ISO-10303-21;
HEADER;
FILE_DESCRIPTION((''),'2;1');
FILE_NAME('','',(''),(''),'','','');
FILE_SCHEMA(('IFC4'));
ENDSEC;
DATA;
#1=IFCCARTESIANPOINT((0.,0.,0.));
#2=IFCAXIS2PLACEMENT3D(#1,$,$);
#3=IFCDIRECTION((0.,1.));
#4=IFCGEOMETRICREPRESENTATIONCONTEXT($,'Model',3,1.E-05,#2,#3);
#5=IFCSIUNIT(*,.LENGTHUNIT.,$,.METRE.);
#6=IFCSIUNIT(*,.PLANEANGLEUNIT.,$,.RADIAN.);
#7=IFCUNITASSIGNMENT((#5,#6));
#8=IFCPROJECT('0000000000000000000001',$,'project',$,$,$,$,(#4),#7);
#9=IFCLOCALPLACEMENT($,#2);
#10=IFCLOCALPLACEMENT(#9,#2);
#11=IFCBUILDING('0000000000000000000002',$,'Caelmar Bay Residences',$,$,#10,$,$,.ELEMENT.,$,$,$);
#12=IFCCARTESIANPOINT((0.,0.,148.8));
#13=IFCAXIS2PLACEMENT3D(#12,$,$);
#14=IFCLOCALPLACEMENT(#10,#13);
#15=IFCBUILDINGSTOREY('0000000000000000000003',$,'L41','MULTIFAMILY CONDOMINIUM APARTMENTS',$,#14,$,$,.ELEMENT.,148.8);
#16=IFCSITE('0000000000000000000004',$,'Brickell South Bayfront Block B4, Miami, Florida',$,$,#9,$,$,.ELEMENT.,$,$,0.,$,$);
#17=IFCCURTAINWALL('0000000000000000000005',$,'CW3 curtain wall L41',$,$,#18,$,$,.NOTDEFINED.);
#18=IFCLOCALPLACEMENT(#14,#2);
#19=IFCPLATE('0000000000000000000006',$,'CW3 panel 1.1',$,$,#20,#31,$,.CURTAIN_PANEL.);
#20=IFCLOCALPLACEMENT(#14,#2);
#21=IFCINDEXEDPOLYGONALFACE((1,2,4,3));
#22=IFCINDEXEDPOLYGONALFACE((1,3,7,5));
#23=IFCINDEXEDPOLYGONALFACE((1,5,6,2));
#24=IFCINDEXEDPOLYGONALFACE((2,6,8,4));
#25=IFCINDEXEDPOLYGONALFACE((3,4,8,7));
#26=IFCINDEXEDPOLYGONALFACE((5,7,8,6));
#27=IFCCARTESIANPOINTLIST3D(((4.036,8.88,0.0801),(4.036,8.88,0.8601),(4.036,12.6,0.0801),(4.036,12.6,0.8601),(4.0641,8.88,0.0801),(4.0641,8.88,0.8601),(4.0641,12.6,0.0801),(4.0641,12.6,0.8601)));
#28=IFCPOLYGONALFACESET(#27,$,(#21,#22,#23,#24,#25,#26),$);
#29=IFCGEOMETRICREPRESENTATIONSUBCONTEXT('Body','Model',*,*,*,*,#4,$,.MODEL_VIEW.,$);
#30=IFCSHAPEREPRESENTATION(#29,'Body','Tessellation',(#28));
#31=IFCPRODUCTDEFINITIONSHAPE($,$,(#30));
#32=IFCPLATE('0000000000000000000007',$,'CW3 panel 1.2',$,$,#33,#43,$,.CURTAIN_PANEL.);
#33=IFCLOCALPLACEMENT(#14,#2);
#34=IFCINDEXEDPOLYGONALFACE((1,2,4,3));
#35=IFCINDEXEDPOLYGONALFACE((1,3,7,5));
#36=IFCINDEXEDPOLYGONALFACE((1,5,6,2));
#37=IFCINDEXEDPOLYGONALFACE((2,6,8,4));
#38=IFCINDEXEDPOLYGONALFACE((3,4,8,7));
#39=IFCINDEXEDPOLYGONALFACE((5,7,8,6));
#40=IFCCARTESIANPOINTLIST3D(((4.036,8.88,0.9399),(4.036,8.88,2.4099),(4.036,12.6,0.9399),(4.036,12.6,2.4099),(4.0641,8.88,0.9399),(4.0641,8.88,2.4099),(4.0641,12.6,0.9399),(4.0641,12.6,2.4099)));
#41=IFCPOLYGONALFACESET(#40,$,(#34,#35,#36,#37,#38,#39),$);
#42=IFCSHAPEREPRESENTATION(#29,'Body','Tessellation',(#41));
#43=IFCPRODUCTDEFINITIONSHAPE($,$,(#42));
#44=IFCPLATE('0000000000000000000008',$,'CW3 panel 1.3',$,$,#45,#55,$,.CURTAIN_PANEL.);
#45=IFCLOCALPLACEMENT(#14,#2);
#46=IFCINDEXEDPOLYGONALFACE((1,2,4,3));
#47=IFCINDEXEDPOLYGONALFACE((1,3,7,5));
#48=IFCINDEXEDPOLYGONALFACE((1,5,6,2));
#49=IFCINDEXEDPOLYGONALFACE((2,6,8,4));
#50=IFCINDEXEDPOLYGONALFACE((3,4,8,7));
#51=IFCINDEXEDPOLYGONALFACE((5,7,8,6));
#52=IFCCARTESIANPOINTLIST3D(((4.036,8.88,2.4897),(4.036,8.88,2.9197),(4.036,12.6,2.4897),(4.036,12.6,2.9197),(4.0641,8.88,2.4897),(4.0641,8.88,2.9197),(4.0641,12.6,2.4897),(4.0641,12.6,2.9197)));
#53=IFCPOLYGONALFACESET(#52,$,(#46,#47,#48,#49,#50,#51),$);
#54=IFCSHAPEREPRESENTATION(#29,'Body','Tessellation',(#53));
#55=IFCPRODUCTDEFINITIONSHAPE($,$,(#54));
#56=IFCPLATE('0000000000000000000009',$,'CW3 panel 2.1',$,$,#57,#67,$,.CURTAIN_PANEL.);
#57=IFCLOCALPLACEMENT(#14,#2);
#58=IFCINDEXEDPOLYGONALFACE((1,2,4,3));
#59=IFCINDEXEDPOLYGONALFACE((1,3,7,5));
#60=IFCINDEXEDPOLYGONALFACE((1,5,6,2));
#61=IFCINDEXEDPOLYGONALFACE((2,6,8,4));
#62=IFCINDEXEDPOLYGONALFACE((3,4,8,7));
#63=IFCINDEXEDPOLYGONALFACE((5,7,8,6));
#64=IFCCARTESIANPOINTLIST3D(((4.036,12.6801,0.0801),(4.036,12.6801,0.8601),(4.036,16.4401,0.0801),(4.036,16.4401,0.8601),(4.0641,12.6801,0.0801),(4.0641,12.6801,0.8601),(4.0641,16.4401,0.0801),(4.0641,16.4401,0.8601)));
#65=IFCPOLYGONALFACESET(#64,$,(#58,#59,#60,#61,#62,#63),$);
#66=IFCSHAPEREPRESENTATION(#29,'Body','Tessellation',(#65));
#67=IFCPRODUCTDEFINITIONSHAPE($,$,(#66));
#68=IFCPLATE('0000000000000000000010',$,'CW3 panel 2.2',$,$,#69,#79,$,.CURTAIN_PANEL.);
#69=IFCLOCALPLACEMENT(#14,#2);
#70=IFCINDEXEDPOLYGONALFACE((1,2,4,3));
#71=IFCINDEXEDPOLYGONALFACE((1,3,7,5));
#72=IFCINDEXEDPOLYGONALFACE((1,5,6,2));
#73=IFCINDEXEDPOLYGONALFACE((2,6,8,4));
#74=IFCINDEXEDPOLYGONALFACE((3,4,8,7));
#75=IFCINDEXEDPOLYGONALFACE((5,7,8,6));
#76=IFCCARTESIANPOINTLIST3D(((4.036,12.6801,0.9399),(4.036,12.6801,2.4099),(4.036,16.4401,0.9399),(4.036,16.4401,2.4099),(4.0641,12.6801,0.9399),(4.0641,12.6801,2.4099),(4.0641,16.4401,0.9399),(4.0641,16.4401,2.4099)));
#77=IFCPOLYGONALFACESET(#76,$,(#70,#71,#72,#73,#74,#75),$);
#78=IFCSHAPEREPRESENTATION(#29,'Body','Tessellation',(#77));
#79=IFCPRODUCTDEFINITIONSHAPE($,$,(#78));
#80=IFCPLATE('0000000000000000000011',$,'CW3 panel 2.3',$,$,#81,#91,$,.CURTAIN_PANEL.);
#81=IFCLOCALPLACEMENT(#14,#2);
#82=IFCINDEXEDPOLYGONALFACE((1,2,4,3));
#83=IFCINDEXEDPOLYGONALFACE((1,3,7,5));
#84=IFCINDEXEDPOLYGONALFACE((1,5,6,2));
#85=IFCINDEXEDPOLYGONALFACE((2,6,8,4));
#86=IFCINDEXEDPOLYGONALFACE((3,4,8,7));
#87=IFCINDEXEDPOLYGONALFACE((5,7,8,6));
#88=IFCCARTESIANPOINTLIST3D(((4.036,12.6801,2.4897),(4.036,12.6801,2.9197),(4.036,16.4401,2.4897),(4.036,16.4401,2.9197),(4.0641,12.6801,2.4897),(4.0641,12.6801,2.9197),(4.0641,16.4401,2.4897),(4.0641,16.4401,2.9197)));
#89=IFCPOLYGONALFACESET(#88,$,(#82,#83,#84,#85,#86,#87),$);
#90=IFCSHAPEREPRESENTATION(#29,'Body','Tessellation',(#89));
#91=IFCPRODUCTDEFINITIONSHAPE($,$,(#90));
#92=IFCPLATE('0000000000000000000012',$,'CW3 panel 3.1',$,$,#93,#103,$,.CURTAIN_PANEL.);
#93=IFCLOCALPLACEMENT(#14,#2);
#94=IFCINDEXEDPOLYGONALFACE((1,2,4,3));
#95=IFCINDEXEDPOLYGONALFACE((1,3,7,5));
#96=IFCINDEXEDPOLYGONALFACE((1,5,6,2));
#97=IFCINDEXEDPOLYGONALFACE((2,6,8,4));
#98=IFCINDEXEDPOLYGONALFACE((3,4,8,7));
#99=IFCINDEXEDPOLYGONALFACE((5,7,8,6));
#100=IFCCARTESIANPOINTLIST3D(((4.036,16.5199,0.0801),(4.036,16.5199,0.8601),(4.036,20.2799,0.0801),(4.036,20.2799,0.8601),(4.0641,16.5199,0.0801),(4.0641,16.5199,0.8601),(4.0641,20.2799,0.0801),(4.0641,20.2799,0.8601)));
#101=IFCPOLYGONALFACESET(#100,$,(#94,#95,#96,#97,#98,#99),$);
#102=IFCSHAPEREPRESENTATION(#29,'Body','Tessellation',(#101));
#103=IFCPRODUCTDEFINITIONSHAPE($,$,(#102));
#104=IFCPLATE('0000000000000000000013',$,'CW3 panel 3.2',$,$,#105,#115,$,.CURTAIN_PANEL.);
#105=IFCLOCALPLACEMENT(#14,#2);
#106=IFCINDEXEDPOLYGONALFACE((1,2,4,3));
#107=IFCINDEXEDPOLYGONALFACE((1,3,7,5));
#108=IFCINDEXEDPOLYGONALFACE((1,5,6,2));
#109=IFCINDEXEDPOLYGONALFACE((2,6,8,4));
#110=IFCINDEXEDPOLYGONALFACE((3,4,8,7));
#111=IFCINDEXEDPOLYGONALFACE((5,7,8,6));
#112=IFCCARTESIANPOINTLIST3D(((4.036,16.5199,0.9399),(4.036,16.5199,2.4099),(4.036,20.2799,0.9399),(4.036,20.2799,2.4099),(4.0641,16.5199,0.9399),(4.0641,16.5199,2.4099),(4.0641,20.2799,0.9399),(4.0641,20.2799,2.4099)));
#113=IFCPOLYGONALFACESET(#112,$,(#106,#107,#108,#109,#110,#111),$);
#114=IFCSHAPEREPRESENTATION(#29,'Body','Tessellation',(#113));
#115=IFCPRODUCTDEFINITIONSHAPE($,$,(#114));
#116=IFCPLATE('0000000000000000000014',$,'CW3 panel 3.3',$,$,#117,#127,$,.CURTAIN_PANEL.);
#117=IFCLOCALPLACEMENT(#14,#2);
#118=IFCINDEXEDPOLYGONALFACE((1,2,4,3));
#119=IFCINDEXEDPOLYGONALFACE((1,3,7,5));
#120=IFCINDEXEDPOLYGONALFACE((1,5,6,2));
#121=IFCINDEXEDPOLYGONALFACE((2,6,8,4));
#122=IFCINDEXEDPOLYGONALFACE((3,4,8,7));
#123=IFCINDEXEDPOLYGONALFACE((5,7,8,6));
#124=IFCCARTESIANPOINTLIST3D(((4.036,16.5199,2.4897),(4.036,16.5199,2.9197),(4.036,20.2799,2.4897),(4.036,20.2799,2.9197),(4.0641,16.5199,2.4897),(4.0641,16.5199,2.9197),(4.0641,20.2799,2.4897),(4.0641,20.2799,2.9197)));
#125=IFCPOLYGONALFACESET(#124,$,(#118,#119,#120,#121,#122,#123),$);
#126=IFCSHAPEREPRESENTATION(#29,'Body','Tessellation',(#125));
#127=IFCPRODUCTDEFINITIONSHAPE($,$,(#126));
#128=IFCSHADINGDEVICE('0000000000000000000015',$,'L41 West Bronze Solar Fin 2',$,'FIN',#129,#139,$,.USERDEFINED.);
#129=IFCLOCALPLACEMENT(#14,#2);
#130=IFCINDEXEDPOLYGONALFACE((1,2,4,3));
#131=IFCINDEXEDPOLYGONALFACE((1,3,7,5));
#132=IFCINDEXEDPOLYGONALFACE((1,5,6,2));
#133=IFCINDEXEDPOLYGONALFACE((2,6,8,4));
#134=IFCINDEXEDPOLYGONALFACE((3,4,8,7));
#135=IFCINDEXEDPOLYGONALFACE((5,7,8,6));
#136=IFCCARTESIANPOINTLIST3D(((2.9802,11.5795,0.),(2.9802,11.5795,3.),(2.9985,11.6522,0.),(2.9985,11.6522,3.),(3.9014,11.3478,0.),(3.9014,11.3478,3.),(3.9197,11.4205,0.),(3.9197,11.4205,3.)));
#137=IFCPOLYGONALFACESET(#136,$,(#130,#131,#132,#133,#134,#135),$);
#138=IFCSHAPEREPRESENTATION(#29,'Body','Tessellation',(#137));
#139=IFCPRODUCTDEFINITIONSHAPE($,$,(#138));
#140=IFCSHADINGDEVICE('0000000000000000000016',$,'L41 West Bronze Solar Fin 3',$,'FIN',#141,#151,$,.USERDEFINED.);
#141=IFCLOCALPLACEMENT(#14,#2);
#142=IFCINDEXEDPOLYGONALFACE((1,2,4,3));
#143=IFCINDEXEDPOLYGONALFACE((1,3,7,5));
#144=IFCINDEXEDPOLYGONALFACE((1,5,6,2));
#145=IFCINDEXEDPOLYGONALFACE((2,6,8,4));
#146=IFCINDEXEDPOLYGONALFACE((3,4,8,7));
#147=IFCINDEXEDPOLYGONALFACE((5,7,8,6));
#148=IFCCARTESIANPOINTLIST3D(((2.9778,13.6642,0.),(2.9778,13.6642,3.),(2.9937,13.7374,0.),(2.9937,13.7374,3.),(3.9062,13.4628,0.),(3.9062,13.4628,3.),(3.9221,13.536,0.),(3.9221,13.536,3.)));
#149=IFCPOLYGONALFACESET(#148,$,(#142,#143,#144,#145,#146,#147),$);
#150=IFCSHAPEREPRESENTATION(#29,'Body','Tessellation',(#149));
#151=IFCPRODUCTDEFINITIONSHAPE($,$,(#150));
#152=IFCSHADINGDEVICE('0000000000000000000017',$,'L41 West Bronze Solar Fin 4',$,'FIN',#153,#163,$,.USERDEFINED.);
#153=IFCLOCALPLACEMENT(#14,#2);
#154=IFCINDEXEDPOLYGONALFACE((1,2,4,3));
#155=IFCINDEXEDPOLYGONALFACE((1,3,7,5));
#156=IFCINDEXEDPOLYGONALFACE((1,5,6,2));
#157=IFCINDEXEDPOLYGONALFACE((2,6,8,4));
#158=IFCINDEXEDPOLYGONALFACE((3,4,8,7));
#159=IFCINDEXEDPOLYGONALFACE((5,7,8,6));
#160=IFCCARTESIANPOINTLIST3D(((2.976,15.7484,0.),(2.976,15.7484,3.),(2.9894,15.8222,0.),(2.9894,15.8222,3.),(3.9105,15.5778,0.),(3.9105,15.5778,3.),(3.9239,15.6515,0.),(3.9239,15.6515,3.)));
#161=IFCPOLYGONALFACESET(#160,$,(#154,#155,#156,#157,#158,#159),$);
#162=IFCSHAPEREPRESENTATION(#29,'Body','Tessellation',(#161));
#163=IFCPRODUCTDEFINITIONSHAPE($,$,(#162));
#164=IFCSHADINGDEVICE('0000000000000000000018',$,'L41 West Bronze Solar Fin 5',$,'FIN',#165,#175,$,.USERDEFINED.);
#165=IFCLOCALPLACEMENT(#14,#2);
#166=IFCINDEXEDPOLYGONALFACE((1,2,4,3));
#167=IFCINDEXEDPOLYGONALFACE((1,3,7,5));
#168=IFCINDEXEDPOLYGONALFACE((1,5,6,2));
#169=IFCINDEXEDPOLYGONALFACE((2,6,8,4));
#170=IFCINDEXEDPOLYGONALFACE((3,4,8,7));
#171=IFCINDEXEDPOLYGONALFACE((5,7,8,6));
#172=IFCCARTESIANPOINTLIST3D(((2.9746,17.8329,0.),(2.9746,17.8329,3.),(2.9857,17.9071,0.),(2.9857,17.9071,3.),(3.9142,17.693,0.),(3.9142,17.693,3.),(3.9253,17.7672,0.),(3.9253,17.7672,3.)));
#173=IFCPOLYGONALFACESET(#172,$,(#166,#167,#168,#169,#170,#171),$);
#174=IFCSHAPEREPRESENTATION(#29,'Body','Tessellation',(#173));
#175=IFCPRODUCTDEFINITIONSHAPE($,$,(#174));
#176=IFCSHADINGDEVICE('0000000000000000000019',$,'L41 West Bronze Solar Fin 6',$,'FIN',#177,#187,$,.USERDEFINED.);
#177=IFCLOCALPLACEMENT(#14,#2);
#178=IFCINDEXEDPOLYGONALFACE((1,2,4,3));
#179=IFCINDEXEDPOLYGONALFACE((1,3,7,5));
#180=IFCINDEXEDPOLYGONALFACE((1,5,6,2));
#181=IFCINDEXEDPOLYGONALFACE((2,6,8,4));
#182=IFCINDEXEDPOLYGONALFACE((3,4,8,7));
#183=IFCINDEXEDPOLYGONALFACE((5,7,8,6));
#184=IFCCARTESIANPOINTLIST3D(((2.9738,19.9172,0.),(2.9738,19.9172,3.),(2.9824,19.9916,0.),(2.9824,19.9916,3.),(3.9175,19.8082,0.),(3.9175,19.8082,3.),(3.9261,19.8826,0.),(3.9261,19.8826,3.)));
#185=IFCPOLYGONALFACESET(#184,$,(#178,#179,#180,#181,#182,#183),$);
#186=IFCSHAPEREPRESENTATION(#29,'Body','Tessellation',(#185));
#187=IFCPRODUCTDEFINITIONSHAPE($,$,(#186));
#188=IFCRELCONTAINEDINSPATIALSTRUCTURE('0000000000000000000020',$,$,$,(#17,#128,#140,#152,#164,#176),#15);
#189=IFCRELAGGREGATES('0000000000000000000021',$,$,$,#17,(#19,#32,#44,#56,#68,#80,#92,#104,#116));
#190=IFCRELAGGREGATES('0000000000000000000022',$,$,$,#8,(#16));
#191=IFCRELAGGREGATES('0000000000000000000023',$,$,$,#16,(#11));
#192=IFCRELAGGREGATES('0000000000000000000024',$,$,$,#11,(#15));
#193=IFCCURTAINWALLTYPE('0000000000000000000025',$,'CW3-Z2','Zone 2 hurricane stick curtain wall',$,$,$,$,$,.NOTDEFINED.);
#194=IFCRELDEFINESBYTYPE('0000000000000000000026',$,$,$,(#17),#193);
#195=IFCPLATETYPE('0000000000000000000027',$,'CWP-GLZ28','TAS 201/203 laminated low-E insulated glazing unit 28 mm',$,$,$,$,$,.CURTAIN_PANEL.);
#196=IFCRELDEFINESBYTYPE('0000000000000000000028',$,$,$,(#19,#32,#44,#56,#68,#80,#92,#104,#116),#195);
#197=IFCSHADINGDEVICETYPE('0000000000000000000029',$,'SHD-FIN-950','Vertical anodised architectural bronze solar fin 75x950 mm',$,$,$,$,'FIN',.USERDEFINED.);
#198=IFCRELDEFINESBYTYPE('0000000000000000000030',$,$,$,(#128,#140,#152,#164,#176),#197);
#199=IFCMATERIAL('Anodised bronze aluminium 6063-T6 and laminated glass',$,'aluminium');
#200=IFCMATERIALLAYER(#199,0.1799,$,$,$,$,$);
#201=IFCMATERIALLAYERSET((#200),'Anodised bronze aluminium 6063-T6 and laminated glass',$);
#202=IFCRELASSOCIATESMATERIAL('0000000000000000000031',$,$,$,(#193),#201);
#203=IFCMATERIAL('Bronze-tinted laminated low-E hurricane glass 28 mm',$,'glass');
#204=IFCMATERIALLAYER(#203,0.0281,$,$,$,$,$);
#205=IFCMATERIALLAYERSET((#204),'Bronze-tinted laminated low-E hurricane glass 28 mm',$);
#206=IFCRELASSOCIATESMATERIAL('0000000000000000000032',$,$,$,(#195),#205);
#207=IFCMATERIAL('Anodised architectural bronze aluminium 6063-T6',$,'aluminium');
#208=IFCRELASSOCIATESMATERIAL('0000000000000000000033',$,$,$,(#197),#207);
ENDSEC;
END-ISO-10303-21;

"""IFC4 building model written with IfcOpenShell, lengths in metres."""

from ifc_helpers import new_model, si_unit, direction, frame, origin, origin_2d, place, context, subcontext, project, spatial, rectangle, extrude, material, layer, layer_set, material_profile, profile_set, type_object, element, aggregate, save


model = new_model("IFC4")

# Units and contexts
model_context = context("Model", 3, precision=1e-05, world=origin(), true_north=direction((0.0, 1.0)))
body_context = subcontext(model_context, "Body", "Model", "MODEL_VIEW")
ifc_project = project(units=[si_unit("LENGTHUNIT", "METRE"), si_unit("PLANEANGLEUNIT", "RADIAN")], contexts=[model_context])

# Site, building, storey
site_placement = place(None, origin())
site = spatial("IfcSite", under=ifc_project, at=site_placement, Name="Brickell South Bayfront Block B4, Miami, Florida", CompositionType="ELEMENT", RefElevation=0.0)
building_placement = place(site_placement, origin())
building = spatial("IfcBuilding", under=site, at=building_placement, Name="Caelmar Bay Residences", CompositionType="ELEMENT")
storey_placement = place(building_placement, frame((0.0, 0.0, 148.8)))
storey = spatial("IfcBuildingStorey", under=building, at=storey_placement, Name="L41", Description="MULTIFAMILY CONDOMINIUM APARTMENTS", CompositionType="ELEMENT", Elevation=148.8)

# Curtain wall, plates
ifc_material_1 = material(Name="Anodised bronze aluminium 6063-T6 and laminated glass", Category="aluminium")
ifc_layer_1 = layer(ifc_material_1, 0.1799)
ifc_layer_set_1 = layer_set([ifc_layer_1], Name="Anodised bronze aluminium 6063-T6 and laminated glass")
curtain_wall_type = type_object("IfcCurtainWallType", Name="CW3-Z2", Description="Zone 2 hurricane stick curtain wall", PredefinedType="NOTDEFINED", material=ifc_layer_set_1)
curtain_wall_placement = place(storey_placement, origin())
curtain_wall = element("IfcCurtainWall", 1, at=curtain_wall_placement, inside=storey, type_object=curtain_wall_type, Name="CW3 curtain wall L41", PredefinedType="NOTDEFINED")
ifc_material_2 = material(Name="Bronze-tinted laminated low-E hurricane glass 28 mm", Category="glass")
ifc_layer_2 = layer(ifc_material_2, 0.0281)
ifc_layer_set_2 = layer_set([ifc_layer_2], Name="Bronze-tinted laminated low-E hurricane glass 28 mm")
plate_type = type_object("IfcPlateType", Name="CWP-GLZ28", Description="TAS 201/203 laminated low-E insulated glazing unit 28 mm", PredefinedType="CURTAIN_PANEL", material=ifc_layer_set_2)
plate_1_placement = place(storey_placement, frame((4.05, 10.74, 0.0801), z_axis=(0.0, 0.0, 1.0), x_axis=(0.0, 1.0, 0.0)))
plate_1 = element("IfcPlate", 2, at=plate_1_placement, type_object=plate_type, Name="CW3 panel 1.1", PredefinedType="CURTAIN_PANEL", context=body_context, shape_type="SweptSolid", body=[
    extrude(rectangle(XDim=3.72, YDim=0.0281, at=origin_2d()), origin(), (0.0, 0.0, 1.0), 0.78),
])
plate_2_placement = place(storey_placement, frame((4.05, 10.74, 0.9399), z_axis=(0.0, 0.0, 1.0), x_axis=(0.0, 1.0, 0.0)))
plate_2 = element("IfcPlate", 3, at=plate_2_placement, type_object=plate_type, Name="CW3 panel 1.2", PredefinedType="CURTAIN_PANEL", context=body_context, shape_type="SweptSolid", body=[
    extrude(rectangle(XDim=3.72, YDim=0.0281, at=origin_2d()), origin(), (0.0, 0.0, 1.0), 1.47),
])
plate_3_placement = place(storey_placement, frame((4.05, 10.74, 2.4897), z_axis=(0.0, 0.0, 1.0), x_axis=(0.0, 1.0, 0.0)))
plate_3 = element("IfcPlate", 4, at=plate_3_placement, type_object=plate_type, Name="CW3 panel 1.3", PredefinedType="CURTAIN_PANEL", context=body_context, shape_type="SweptSolid", body=[
    extrude(rectangle(XDim=3.72, YDim=0.0281, at=origin_2d()), origin(), (0.0, 0.0, 1.0), 0.4299),
])
plate_4_placement = place(storey_placement, frame((4.05, 14.5601, 0.0801), z_axis=(0.0, 0.0, 1.0), x_axis=(0.0, 1.0, 0.0)))
plate_4 = element("IfcPlate", 5, at=plate_4_placement, type_object=plate_type, Name="CW3 panel 2.1", PredefinedType="CURTAIN_PANEL", context=body_context, shape_type="SweptSolid", body=[
    extrude(rectangle(XDim=3.76, YDim=0.0281, at=origin_2d()), origin(), (0.0, 0.0, 1.0), 0.78),
])
plate_5_placement = place(storey_placement, frame((4.05, 14.5601, 0.9399), z_axis=(0.0, 0.0, 1.0), x_axis=(0.0, 1.0, 0.0)))
plate_5 = element("IfcPlate", 6, at=plate_5_placement, type_object=plate_type, Name="CW3 panel 2.2", PredefinedType="CURTAIN_PANEL", context=body_context, shape_type="SweptSolid", body=[
    extrude(rectangle(XDim=3.76, YDim=0.0281, at=origin_2d()), origin(), (0.0, 0.0, 1.0), 1.47),
])
plate_6_placement = place(storey_placement, frame((4.05, 14.5601, 2.4897), z_axis=(0.0, 0.0, 1.0), x_axis=(0.0, 1.0, 0.0)))
plate_6 = element("IfcPlate", 7, at=plate_6_placement, type_object=plate_type, Name="CW3 panel 2.3", PredefinedType="CURTAIN_PANEL", context=body_context, shape_type="SweptSolid", body=[
    extrude(rectangle(XDim=3.76, YDim=0.0281, at=origin_2d()), origin(), (0.0, 0.0, 1.0), 0.4299),
])
plate_7_placement = place(storey_placement, frame((4.05, 18.3999, 0.0801), z_axis=(0.0, 0.0, 1.0), x_axis=(0.0, 1.0, 0.0)))
plate_7 = element("IfcPlate", 8, at=plate_7_placement, type_object=plate_type, Name="CW3 panel 3.1", PredefinedType="CURTAIN_PANEL", context=body_context, shape_type="SweptSolid", body=[
    extrude(rectangle(XDim=3.76, YDim=0.0281, at=origin_2d()), origin(), (0.0, 0.0, 1.0), 0.78),
])
plate_8_placement = place(storey_placement, frame((4.05, 18.3999, 0.9399), z_axis=(0.0, 0.0, 1.0), x_axis=(0.0, 1.0, 0.0)))
plate_8 = element("IfcPlate", 9, at=plate_8_placement, type_object=plate_type, Name="CW3 panel 3.2", PredefinedType="CURTAIN_PANEL", context=body_context, shape_type="SweptSolid", body=[
    extrude(rectangle(XDim=3.76, YDim=0.0281, at=origin_2d()), origin(), (0.0, 0.0, 1.0), 1.47),
])
plate_9_placement = place(storey_placement, frame((4.05, 18.3999, 2.4897), z_axis=(0.0, 0.0, 1.0), x_axis=(0.0, 1.0, 0.0)))
plate_9 = element("IfcPlate", 10, at=plate_9_placement, type_object=plate_type, Name="CW3 panel 3.3", PredefinedType="CURTAIN_PANEL", context=body_context, shape_type="SweptSolid", body=[
    extrude(rectangle(XDim=3.76, YDim=0.0281, at=origin_2d()), origin(), (0.0, 0.0, 1.0), 0.4299),
])
aggregate(curtain_wall, [plate_1, plate_2, plate_3, plate_4, plate_5, plate_6, plate_7, plate_8, plate_9])

# Shading devices
ifc_material_3 = material(Name="Anodised architectural bronze aluminium 6063-T6", Category="aluminium")
ifc_material_profile_1 = material_profile(ifc_material_3, rectangle(XDim=0.075, YDim=0.95, at=origin_2d()), Name="BRONZE-FIN-75X950")
ifc_profile_set_1 = profile_set([ifc_material_profile_1], Name="Anodised architectural bronze aluminium 6063-T6")
shading_device_type = type_object("IfcShadingDeviceType", Name="SHD-FIN-950", Description="Vertical anodised architectural bronze solar fin 75x950 mm", ElementType="FIN", PredefinedType="USERDEFINED", material=ifc_profile_set_1)
for number, where, z_axis, x_axis, name in (
    (11, (3.45, 11.5, 0.0), (0.0, 0.0, 1.0), (0.243954, 0.969787, 0.0), "L41 West Bronze Solar Fin 2"),
    (12, (3.45, 13.6001, 0.0), (0.0, 0.0, 1.0), (0.212007, 0.977268, 0.0), "L41 West Bronze Solar Fin 3"),
    (13, (3.45, 15.7, 0.0), (0.0, 0.0, 1.0), (0.179661, 0.983729, 0.0), "L41 West Bronze Solar Fin 4"),
    (14, (3.45, 17.8, 0.0), (0.0, 0.0, 1.0), (0.147292, 0.989093, 0.0), "L41 West Bronze Solar Fin 5"),
    (15, (3.45, 19.8999, 0.0), (0.0, 0.0, 1.0), (0.114764, 0.993393, 0.0), "L41 West Bronze Solar Fin 6"),
):
    element("IfcShadingDevice", number, at=place(storey_placement, frame(where, z_axis=z_axis, x_axis=x_axis)), inside=storey, type_object=shading_device_type, Name=name, ObjectType="FIN", PredefinedType="USERDEFINED", context=body_context, shape_type="SweptSolid", body=[
        extrude(rectangle(XDim=0.075, YDim=0.95, at=origin_2d()), origin(), (0.0, 0.0, 1.0), 3.0),
    ])

save(model, "model.ifc")
